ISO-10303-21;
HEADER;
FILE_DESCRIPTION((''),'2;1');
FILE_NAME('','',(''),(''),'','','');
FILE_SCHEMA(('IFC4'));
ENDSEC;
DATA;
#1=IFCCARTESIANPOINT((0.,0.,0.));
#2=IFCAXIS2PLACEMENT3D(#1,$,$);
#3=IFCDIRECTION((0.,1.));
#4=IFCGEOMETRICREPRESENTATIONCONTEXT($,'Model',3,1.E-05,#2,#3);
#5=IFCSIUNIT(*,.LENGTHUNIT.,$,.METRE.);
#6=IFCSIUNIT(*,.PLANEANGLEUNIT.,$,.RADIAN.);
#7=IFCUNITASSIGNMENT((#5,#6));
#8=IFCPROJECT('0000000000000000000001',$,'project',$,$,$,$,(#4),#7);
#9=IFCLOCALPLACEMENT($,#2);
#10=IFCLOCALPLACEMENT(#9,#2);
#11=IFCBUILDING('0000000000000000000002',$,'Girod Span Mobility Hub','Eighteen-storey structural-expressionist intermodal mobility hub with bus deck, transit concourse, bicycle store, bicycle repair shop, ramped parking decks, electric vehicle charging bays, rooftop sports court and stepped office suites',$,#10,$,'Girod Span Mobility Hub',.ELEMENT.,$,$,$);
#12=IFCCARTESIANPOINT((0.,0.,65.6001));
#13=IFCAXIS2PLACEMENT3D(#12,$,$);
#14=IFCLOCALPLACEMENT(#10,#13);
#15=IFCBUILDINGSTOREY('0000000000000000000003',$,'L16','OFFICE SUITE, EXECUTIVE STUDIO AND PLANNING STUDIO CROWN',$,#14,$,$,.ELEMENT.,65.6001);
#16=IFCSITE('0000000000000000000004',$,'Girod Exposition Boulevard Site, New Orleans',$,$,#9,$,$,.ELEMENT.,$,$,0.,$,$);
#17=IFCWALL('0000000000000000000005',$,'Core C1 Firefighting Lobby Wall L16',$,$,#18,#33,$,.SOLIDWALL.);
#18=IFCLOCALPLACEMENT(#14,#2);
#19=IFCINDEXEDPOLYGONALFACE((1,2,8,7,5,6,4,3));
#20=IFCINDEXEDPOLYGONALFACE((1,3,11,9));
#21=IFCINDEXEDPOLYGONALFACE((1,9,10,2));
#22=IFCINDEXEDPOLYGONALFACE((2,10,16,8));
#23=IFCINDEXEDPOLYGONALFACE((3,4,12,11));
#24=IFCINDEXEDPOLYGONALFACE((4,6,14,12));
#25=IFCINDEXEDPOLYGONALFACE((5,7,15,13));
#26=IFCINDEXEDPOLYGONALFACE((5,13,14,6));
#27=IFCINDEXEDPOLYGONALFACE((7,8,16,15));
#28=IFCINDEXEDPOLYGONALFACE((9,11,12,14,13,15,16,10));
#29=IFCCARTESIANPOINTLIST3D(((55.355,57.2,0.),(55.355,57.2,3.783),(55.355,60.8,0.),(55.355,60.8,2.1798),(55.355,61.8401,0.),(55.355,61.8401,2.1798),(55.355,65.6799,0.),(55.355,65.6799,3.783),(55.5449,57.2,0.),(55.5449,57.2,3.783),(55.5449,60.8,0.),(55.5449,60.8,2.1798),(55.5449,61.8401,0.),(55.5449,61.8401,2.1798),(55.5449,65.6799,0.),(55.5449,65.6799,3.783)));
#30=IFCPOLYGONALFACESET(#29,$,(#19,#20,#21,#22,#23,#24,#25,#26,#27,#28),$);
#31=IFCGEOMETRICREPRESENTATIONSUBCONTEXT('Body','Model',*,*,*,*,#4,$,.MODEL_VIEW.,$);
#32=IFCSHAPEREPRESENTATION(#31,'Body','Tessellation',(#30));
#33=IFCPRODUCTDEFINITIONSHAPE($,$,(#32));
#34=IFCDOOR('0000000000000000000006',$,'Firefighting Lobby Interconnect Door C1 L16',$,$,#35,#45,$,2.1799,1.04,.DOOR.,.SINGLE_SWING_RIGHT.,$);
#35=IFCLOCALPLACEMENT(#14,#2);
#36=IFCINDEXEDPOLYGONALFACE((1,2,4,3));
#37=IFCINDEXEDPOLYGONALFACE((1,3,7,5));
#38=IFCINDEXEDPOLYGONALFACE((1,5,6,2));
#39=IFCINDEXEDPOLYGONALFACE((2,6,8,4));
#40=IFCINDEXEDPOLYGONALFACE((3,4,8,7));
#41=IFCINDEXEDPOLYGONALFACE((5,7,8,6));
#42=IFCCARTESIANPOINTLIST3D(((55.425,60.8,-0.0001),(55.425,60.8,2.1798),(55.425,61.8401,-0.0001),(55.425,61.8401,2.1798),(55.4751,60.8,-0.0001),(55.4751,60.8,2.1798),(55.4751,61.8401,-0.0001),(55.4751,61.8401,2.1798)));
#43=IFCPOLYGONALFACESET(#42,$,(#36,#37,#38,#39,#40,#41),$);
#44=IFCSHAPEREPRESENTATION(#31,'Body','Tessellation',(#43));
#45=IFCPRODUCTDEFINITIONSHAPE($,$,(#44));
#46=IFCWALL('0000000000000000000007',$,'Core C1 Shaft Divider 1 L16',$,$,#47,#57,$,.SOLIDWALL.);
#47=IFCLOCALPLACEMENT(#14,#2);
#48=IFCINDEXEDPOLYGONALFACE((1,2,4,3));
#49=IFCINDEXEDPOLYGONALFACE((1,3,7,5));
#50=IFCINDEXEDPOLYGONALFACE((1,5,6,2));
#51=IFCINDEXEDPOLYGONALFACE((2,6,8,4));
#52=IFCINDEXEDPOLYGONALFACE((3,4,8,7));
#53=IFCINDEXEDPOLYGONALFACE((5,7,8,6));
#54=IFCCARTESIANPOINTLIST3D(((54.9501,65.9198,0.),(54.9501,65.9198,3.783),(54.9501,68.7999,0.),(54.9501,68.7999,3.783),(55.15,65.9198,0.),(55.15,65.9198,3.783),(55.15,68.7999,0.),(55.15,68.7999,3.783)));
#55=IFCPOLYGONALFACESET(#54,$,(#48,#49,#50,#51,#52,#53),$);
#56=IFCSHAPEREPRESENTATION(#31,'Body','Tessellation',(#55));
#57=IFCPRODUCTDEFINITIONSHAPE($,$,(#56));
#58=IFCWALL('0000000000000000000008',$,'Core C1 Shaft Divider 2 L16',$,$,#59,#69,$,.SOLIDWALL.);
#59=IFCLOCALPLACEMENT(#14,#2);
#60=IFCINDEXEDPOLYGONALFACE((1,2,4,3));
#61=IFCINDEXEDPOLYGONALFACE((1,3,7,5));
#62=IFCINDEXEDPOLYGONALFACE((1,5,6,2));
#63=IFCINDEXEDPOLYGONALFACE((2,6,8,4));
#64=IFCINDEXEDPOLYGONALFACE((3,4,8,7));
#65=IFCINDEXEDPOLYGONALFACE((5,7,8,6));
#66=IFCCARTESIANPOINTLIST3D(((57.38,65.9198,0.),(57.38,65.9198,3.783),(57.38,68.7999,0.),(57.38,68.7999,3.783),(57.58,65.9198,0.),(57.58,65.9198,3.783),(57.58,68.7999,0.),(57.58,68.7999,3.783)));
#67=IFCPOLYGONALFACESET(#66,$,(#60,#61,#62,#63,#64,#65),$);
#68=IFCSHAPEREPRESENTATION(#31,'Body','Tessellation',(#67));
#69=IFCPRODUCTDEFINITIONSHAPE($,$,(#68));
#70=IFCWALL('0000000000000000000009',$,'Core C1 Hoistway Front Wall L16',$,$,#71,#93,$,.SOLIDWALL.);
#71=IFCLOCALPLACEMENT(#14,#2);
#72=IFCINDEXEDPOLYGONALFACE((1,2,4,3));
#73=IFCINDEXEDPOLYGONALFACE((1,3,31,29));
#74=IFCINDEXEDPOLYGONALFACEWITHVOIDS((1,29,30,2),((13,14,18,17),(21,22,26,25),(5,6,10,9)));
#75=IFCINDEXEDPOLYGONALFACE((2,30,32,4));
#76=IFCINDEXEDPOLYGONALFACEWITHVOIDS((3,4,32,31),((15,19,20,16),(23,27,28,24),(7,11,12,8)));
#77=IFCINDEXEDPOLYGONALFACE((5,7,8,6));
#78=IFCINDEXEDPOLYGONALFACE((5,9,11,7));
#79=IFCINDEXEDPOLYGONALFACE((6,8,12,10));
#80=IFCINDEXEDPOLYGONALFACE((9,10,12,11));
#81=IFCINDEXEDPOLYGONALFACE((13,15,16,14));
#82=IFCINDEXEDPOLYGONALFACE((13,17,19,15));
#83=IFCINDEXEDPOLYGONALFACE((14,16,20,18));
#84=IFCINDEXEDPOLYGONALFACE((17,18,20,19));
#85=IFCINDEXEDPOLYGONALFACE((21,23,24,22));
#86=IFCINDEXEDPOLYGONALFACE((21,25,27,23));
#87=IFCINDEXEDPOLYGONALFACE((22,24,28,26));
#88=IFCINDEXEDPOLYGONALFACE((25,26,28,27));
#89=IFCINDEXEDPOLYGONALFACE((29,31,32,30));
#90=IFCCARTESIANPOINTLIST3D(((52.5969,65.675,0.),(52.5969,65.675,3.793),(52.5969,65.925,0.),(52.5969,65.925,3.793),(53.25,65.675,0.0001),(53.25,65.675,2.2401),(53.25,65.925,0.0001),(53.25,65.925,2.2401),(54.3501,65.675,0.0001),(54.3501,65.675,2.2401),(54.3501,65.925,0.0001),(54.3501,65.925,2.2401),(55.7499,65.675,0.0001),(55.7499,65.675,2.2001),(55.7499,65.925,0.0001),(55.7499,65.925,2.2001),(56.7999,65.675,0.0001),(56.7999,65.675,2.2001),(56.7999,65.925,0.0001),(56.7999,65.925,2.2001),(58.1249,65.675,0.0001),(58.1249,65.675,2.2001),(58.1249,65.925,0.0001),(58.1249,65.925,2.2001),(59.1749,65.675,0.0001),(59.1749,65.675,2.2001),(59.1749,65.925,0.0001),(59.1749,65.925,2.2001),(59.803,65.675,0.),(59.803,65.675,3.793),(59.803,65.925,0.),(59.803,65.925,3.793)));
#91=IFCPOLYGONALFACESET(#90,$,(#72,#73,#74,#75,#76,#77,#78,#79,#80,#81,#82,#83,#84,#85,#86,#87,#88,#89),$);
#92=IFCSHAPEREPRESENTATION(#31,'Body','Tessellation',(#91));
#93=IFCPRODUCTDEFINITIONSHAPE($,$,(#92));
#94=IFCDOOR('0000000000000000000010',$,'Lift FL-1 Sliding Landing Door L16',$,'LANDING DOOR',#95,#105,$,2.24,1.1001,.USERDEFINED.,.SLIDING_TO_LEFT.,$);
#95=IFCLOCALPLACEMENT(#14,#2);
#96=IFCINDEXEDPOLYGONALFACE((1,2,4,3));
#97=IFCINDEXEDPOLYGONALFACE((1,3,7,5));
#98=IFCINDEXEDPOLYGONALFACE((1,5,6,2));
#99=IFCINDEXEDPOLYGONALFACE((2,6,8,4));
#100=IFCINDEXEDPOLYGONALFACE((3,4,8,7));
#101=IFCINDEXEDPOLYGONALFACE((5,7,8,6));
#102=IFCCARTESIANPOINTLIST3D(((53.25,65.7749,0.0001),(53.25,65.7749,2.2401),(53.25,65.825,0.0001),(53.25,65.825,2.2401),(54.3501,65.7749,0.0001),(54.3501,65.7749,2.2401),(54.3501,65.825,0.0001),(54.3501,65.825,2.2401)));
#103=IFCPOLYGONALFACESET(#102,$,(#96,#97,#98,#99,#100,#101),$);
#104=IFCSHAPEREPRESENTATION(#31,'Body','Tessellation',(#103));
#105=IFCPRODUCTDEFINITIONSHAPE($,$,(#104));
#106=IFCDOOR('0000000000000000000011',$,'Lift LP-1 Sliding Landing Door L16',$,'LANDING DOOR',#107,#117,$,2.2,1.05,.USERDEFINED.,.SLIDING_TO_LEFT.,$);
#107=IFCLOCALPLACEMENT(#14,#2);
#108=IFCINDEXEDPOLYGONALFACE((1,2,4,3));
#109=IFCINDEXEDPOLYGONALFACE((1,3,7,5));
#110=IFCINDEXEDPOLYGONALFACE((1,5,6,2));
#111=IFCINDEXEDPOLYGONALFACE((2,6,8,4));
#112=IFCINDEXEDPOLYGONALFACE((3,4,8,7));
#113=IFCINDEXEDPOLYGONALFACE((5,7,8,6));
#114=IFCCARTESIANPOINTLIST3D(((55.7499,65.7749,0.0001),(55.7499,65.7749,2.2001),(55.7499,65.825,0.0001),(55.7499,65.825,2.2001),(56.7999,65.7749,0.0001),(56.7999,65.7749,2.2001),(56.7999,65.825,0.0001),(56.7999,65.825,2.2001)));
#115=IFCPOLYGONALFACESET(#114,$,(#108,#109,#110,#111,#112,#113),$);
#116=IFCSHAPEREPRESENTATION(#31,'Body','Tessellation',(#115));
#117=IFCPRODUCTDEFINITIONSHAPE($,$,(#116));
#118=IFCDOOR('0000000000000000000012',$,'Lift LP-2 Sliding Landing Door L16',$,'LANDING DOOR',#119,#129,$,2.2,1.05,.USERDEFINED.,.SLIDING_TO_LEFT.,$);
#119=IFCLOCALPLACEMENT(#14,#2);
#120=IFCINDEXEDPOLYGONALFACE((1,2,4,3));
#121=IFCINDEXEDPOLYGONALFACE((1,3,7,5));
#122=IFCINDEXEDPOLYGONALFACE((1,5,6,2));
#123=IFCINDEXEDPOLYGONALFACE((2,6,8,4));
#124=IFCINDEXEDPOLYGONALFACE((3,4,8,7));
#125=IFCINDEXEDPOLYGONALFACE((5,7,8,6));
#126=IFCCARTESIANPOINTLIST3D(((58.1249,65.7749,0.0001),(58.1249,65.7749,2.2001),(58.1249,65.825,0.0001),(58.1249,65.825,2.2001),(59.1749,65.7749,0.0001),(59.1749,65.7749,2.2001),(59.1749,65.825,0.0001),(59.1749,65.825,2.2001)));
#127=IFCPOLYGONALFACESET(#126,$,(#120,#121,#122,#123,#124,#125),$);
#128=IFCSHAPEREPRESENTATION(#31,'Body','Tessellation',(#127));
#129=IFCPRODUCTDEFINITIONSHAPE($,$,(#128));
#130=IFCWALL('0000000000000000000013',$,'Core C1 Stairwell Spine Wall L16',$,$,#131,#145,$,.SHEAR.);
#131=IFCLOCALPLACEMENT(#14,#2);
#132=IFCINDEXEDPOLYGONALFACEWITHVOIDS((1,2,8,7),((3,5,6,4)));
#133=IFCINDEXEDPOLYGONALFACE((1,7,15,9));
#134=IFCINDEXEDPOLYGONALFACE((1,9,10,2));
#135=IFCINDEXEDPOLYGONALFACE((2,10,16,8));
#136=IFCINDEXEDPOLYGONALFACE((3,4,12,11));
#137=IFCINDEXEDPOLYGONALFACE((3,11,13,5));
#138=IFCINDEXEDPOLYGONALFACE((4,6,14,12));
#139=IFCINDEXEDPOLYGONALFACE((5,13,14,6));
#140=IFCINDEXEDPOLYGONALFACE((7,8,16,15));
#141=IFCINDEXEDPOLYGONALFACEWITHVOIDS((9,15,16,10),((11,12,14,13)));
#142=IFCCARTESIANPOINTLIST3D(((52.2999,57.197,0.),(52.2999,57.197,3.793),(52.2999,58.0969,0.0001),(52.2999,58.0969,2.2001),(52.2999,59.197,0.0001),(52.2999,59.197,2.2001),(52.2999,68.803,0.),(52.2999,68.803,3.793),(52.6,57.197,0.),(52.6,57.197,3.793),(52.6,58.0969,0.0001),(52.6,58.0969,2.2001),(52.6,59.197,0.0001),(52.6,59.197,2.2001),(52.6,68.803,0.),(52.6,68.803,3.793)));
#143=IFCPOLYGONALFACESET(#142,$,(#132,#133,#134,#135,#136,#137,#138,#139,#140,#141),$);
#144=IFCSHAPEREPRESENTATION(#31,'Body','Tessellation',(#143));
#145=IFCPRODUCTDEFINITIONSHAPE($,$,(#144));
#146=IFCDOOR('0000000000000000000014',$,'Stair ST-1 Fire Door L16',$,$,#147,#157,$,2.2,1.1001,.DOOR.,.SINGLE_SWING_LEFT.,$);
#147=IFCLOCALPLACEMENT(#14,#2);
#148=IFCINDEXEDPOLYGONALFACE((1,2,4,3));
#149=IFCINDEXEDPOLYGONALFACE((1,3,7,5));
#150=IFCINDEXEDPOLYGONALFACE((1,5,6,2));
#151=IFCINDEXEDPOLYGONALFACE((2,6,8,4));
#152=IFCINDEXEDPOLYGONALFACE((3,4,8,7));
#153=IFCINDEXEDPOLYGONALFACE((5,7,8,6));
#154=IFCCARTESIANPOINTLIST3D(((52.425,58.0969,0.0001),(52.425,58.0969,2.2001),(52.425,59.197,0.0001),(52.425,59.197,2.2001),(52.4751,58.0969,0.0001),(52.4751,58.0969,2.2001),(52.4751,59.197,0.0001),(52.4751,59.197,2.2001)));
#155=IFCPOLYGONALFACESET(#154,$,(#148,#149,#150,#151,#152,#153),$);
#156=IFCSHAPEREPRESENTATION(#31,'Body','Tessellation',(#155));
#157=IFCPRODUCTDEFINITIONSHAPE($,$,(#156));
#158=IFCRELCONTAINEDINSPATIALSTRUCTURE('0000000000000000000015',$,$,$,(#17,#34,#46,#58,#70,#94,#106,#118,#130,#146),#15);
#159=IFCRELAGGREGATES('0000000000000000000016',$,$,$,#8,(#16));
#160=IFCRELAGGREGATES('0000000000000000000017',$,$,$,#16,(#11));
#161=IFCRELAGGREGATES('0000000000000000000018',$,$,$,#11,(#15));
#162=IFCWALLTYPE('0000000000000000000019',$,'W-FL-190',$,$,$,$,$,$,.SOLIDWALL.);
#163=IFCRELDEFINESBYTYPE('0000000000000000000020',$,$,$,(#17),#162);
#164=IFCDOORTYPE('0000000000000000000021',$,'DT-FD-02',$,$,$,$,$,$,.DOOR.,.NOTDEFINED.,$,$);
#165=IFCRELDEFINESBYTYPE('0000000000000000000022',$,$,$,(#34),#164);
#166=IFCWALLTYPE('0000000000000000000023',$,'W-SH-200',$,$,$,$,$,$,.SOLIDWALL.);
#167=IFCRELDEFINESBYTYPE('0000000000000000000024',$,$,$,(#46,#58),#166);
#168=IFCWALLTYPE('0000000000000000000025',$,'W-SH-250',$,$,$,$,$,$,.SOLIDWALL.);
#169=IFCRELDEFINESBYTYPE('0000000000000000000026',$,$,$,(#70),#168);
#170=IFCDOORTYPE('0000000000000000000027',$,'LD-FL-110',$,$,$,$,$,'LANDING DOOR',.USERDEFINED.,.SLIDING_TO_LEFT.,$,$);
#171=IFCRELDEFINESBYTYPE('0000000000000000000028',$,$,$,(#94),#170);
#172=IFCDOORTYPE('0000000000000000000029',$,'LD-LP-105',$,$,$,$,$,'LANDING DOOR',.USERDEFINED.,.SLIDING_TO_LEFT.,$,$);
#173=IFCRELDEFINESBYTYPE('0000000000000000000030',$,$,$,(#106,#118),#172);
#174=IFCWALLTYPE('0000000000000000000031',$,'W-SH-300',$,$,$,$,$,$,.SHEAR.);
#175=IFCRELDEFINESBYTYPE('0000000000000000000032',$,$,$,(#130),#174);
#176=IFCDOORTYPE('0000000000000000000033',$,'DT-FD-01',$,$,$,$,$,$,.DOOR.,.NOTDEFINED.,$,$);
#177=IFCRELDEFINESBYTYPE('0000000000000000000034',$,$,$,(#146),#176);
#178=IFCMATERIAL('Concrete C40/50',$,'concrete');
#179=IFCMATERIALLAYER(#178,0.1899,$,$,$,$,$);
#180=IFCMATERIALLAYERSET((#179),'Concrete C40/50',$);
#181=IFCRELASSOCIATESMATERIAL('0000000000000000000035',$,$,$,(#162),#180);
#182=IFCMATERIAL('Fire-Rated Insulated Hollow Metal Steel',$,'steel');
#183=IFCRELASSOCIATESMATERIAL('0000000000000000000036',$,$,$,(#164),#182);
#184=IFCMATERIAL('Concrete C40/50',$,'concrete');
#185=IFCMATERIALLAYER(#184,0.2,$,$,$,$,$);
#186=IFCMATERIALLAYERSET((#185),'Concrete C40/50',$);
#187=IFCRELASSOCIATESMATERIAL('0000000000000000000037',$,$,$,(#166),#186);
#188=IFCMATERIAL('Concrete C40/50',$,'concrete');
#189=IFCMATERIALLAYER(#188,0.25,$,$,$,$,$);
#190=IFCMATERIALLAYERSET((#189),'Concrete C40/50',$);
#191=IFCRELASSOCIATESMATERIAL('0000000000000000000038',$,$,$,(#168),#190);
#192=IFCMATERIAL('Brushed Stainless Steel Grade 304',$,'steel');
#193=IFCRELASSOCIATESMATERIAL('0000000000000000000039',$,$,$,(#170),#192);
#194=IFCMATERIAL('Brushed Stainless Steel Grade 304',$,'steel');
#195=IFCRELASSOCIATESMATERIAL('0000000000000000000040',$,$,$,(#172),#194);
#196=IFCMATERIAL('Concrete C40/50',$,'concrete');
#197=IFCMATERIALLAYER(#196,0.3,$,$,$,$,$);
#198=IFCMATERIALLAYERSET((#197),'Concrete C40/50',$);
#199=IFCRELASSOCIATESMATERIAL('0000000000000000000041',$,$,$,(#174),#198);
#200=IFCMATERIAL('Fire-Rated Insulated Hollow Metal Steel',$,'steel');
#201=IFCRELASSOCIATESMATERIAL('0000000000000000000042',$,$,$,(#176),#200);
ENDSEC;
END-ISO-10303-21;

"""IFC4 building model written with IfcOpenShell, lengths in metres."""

from ifc_helpers import new_model, si_unit, direction, frame, frame_2d, origin, place, context, subcontext, project, spatial, rectangle, extrude, material, layer, layer_set, type_object, element, fill, save


model = new_model("IFC4")

# Units and contexts
model_context = context("Model", 3, precision=1e-05, world=origin(), true_north=direction((0.0, 1.0)))
body_context = subcontext(model_context, "Body", "Model", "MODEL_VIEW")
ifc_project = project(units=[si_unit("LENGTHUNIT", "METRE"), si_unit("PLANEANGLEUNIT", "RADIAN")], contexts=[model_context])

# Site, building, storey
site_placement = place(None, origin())
site = spatial("IfcSite", under=ifc_project, at=site_placement, Name="Girod Exposition Boulevard Site, New Orleans", CompositionType="ELEMENT", RefElevation=0.0)
building_placement = place(site_placement, origin())
building = spatial("IfcBuilding", under=site, at=building_placement, Name="Girod Span Mobility Hub", Description="Eighteen-storey structural-expressionist intermodal mobility hub with bus deck, transit concourse, bicycle store, bicycle repair shop, ramped parking decks, electric vehicle charging bays, rooftop sports court and stepped office suites", LongName="Girod Span Mobility Hub", CompositionType="ELEMENT")
storey_placement = place(building_placement, frame((0.0, 0.0, 65.6001)))
storey = spatial("IfcBuildingStorey", under=building, at=storey_placement, Name="L16", Description="OFFICE SUITE, EXECUTIVE STUDIO AND PLANNING STUDIO CROWN", CompositionType="ELEMENT", Elevation=65.6001)

# Wall, opening, door
ifc_material_1 = material(Name="Concrete C40/50", Category="concrete")
ifc_layer_1 = layer(ifc_material_1, 0.1899)
ifc_layer_set_1 = layer_set([ifc_layer_1], Name="Concrete C40/50")
wall_type_1 = type_object("IfcWallType", Name="W-FL-190", PredefinedType="SOLIDWALL", material=ifc_layer_set_1)
wall_1_placement = place(storey_placement, frame((55.45, 57.2, 0.0), z_axis=(0.0, 0.0, 1.0), x_axis=(0.0, 1.0, 0.0)))
wall_1 = element("IfcWall", 1, at=wall_1_placement, inside=storey, type_object=wall_type_1, Name="Core C1 Firefighting Lobby Wall L16", PredefinedType="SOLIDWALL", context=body_context, shape_type="SweptSolid", body=[
    extrude(rectangle(XDim=8.48, YDim=0.1899, at=frame_2d((4.24, 0.0))), origin(), (0.0, 0.0, 1.0), 3.783),
])
opening_1_placement = place(wall_1_placement, frame((3.6001, 0.0, 0.0)))
opening_1 = element("IfcOpeningElement", 2, at=opening_1_placement, cuts=wall_1, PredefinedType="OPENING", context=body_context, shape_type="SweptSolid", body=[
    extrude(rectangle(XDim=1.04, YDim=2.1799, at=frame_2d((0.52, 1.0898))), frame((0.0, 0.1099, 0.0), z_axis=(0.0, -1.0, 0.0), x_axis=(1.0, 0.0, 0.0)), (0.0, 0.0, 1.0), 0.22),
])
ifc_material_2 = material(Name="Fire-Rated Insulated Hollow Metal Steel", Category="steel")
door_type_1 = type_object("IfcDoorType", Name="DT-FD-02", OperationType="NOTDEFINED", PredefinedType="DOOR", material=ifc_material_2)
door_1_placement = place(opening_1_placement, origin())
door_1 = element("IfcDoor", 3, at=door_1_placement, inside=storey, type_object=door_type_1, Name="Firefighting Lobby Interconnect Door C1 L16", OperationType="SINGLE_SWING_RIGHT", OverallHeight=2.1799, OverallWidth=1.04, PredefinedType="DOOR", context=body_context, shape_type="SweptSolid", body=[
    extrude(rectangle(XDim=1.04, YDim=2.1799, at=frame_2d((0.52, 1.0898))), frame((0.0, 0.0249, 0.0), z_axis=(0.0, -1.0, 0.0), x_axis=(1.0, 0.0, 0.0)), (0.0, 0.0, 1.0), 0.05),
])
fill(opening_1, door_1)

# Walls
ifc_material_3 = material(Name="Concrete C40/50", Category="concrete")
ifc_layer_2 = layer(ifc_material_3, 0.2)
ifc_layer_set_2 = layer_set([ifc_layer_2], Name="Concrete C40/50")
wall_type_2 = type_object("IfcWallType", Name="W-SH-200", PredefinedType="SOLIDWALL", material=ifc_layer_set_2)
for number, where, z_axis, x_axis, name in (
    (4, (55.05, 65.9199, 0.0), (0.0, 0.0, 1.0), (0.0, 1.0, 0.0), "Core C1 Shaft Divider 1 L16"),
    (5, (57.48, 65.9199, 0.0), (0.0, 0.0, 1.0), (0.0, 1.0, 0.0), "Core C1 Shaft Divider 2 L16"),
):
    element("IfcWall", number, at=place(storey_placement, frame(where, z_axis=z_axis, x_axis=x_axis)), inside=storey, type_object=wall_type_2, Name=name, PredefinedType="SOLIDWALL", context=body_context, shape_type="SweptSolid", body=[
        extrude(rectangle(XDim=2.8801, YDim=0.2, at=frame_2d((1.4399, 0.0))), origin(), (0.0, 0.0, 1.0), 3.783),
    ])

# Wall, openings, doors
ifc_material_4 = material(Name="Concrete C40/50", Category="concrete")
ifc_layer_3 = layer(ifc_material_4, 0.25)
ifc_layer_set_3 = layer_set([ifc_layer_3], Name="Concrete C40/50")
wall_type_3 = type_object("IfcWallType", Name="W-SH-250", PredefinedType="SOLIDWALL", material=ifc_layer_set_3)
wall_2_placement = place(storey_placement, frame((52.5969, 65.8, 0.0), z_axis=(0.0, 0.0, 1.0), x_axis=(1.0, 0.0, 0.0)))
wall_2 = element("IfcWall", 6, at=wall_2_placement, inside=storey, type_object=wall_type_3, Name="Core C1 Hoistway Front Wall L16", PredefinedType="SOLIDWALL", context=body_context, shape_type="SweptSolid", body=[
    extrude(rectangle(XDim=7.2061, YDim=0.25, at=frame_2d((3.603, 0.0))), origin(), (0.0, 0.0, 1.0), 3.793),
])
opening_2_placement = place(wall_2_placement, frame((0.6531, 0.0, 0.0)))
opening_2 = element("IfcOpeningElement", 7, at=opening_2_placement, cuts=wall_2, PredefinedType="OPENING", context=body_context, shape_type="SweptSolid", body=[
    extrude(rectangle(XDim=1.1001, YDim=2.24, at=frame_2d((0.55, 1.1201))), frame((0.0, 0.1399, 0.0), z_axis=(0.0, -1.0, 0.0), x_axis=(1.0, 0.0, 0.0)), (0.0, 0.0, 1.0), 0.28),
])
opening_3_placement = place(wall_2_placement, frame((3.1531, 0.0, 0.0)))
opening_3 = element("IfcOpeningElement", 8, at=opening_3_placement, cuts=wall_2, PredefinedType="OPENING", context=body_context, shape_type="SweptSolid", body=[
    extrude(rectangle(XDim=1.05, YDim=2.2, at=frame_2d((0.5249, 1.1001))), frame((0.0, 0.1399, 0.0), z_axis=(0.0, -1.0, 0.0), x_axis=(1.0, 0.0, 0.0)), (0.0, 0.0, 1.0), 0.28),
])
opening_4_placement = place(wall_2_placement, frame((5.5281, 0.0, 0.0)))
opening_4 = element("IfcOpeningElement", 9, at=opening_4_placement, cuts=wall_2, PredefinedType="OPENING", context=body_context, shape_type="SweptSolid", body=[
    extrude(rectangle(XDim=1.05, YDim=2.2, at=frame_2d((0.5249, 1.1001))), frame((0.0, 0.1399, 0.0), z_axis=(0.0, -1.0, 0.0), x_axis=(1.0, 0.0, 0.0)), (0.0, 0.0, 1.0), 0.28),
])
ifc_material_5 = material(Name="Brushed Stainless Steel Grade 304", Category="steel")
door_type_2 = type_object("IfcDoorType", Name="LD-FL-110", ElementType="LANDING DOOR", OperationType="SLIDING_TO_LEFT", PredefinedType="USERDEFINED", material=ifc_material_5)
door_2_placement = place(opening_2_placement, origin())
door_2 = element("IfcDoor", 10, at=door_2_placement, inside=storey, type_object=door_type_2, Name="Lift FL-1 Sliding Landing Door L16", ObjectType="LANDING DOOR", OperationType="SLIDING_TO_LEFT", OverallHeight=2.24, OverallWidth=1.1001, PredefinedType="USERDEFINED", context=body_context, shape_type="SweptSolid", body=[
    extrude(rectangle(XDim=1.1001, YDim=2.24, at=frame_2d((0.55, 1.1201))), frame((0.0, 0.0249, 0.0), z_axis=(0.0, -1.0, 0.0), x_axis=(1.0, 0.0, 0.0)), (0.0, 0.0, 1.0), 0.05),
])
fill(opening_2, door_2)
ifc_material_6 = material(Name="Brushed Stainless Steel Grade 304", Category="steel")
door_type_3 = type_object("IfcDoorType", Name="LD-LP-105", ElementType="LANDING DOOR", OperationType="SLIDING_TO_LEFT", PredefinedType="USERDEFINED", material=ifc_material_6)
door_3_placement = place(opening_3_placement, origin())
door_3 = element("IfcDoor", 11, at=door_3_placement, inside=storey, type_object=door_type_3, Name="Lift LP-1 Sliding Landing Door L16", ObjectType="LANDING DOOR", OperationType="SLIDING_TO_LEFT", OverallHeight=2.2, OverallWidth=1.05, PredefinedType="USERDEFINED", context=body_context, shape_type="SweptSolid", body=[
    extrude(rectangle(XDim=1.05, YDim=2.2, at=frame_2d((0.5249, 1.1001))), frame((0.0, 0.0249, 0.0), z_axis=(0.0, -1.0, 0.0), x_axis=(1.0, 0.0, 0.0)), (0.0, 0.0, 1.0), 0.05),
])
fill(opening_3, door_3)
door_4_placement = place(opening_4_placement, origin())
door_4 = element("IfcDoor", 12, at=door_4_placement, inside=storey, type_object=door_type_3, Name="Lift LP-2 Sliding Landing Door L16", ObjectType="LANDING DOOR", OperationType="SLIDING_TO_LEFT", OverallHeight=2.2, OverallWidth=1.05, PredefinedType="USERDEFINED", context=body_context, shape_type="SweptSolid", body=[
    extrude(rectangle(XDim=1.05, YDim=2.2, at=frame_2d((0.5249, 1.1001))), frame((0.0, 0.0249, 0.0), z_axis=(0.0, -1.0, 0.0), x_axis=(1.0, 0.0, 0.0)), (0.0, 0.0, 1.0), 0.05),
])
fill(opening_4, door_4)

# Wall, opening, door
ifc_material_7 = material(Name="Concrete C40/50", Category="concrete")
ifc_layer_4 = layer(ifc_material_7, 0.3)
ifc_layer_set_4 = layer_set([ifc_layer_4], Name="Concrete C40/50")
wall_type_4 = type_object("IfcWallType", Name="W-SH-300", PredefinedType="SHEAR", material=ifc_layer_set_4)
wall_3_placement = place(storey_placement, frame((52.45, 57.197, 0.0), z_axis=(0.0, 0.0, 1.0), x_axis=(0.0, 1.0, 0.0)))
wall_3 = element("IfcWall", 13, at=wall_3_placement, inside=storey, type_object=wall_type_4, Name="Core C1 Stairwell Spine Wall L16", PredefinedType="SHEAR", context=body_context, shape_type="SweptSolid", body=[
    extrude(rectangle(XDim=11.606, YDim=0.3, at=frame_2d((5.803, 0.0))), origin(), (0.0, 0.0, 1.0), 3.793),
])
opening_5_placement = place(wall_3_placement, frame((0.8999, 0.0, 0.0)))
opening_5 = element("IfcOpeningElement", 14, at=opening_5_placement, cuts=wall_3, PredefinedType="OPENING", context=body_context, shape_type="SweptSolid", body=[
    extrude(rectangle(XDim=1.1001, YDim=2.2, at=frame_2d((0.55, 1.1001))), frame((0.0, 0.165, 0.0), z_axis=(0.0, -1.0, 0.0), x_axis=(1.0, 0.0, 0.0)), (0.0, 0.0, 1.0), 0.3301),
])
ifc_material_8 = material(Name="Fire-Rated Insulated Hollow Metal Steel", Category="steel")
door_type_4 = type_object("IfcDoorType", Name="DT-FD-01", OperationType="NOTDEFINED", PredefinedType="DOOR", material=ifc_material_8)
door_5_placement = place(opening_5_placement, origin())
door_5 = element("IfcDoor", 15, at=door_5_placement, inside=storey, type_object=door_type_4, Name="Stair ST-1 Fire Door L16", OperationType="SINGLE_SWING_LEFT", OverallHeight=2.2, OverallWidth=1.1001, PredefinedType="DOOR", context=body_context, shape_type="SweptSolid", body=[
    extrude(rectangle(XDim=1.1001, YDim=2.2, at=frame_2d((0.55, 1.1001))), frame((0.0, 0.0249, 0.0), z_axis=(0.0, -1.0, 0.0), x_axis=(1.0, 0.0, 0.0)), (0.0, 0.0, 1.0), 0.05),
])
fill(opening_5, door_5)

save(model, "model.ifc")
